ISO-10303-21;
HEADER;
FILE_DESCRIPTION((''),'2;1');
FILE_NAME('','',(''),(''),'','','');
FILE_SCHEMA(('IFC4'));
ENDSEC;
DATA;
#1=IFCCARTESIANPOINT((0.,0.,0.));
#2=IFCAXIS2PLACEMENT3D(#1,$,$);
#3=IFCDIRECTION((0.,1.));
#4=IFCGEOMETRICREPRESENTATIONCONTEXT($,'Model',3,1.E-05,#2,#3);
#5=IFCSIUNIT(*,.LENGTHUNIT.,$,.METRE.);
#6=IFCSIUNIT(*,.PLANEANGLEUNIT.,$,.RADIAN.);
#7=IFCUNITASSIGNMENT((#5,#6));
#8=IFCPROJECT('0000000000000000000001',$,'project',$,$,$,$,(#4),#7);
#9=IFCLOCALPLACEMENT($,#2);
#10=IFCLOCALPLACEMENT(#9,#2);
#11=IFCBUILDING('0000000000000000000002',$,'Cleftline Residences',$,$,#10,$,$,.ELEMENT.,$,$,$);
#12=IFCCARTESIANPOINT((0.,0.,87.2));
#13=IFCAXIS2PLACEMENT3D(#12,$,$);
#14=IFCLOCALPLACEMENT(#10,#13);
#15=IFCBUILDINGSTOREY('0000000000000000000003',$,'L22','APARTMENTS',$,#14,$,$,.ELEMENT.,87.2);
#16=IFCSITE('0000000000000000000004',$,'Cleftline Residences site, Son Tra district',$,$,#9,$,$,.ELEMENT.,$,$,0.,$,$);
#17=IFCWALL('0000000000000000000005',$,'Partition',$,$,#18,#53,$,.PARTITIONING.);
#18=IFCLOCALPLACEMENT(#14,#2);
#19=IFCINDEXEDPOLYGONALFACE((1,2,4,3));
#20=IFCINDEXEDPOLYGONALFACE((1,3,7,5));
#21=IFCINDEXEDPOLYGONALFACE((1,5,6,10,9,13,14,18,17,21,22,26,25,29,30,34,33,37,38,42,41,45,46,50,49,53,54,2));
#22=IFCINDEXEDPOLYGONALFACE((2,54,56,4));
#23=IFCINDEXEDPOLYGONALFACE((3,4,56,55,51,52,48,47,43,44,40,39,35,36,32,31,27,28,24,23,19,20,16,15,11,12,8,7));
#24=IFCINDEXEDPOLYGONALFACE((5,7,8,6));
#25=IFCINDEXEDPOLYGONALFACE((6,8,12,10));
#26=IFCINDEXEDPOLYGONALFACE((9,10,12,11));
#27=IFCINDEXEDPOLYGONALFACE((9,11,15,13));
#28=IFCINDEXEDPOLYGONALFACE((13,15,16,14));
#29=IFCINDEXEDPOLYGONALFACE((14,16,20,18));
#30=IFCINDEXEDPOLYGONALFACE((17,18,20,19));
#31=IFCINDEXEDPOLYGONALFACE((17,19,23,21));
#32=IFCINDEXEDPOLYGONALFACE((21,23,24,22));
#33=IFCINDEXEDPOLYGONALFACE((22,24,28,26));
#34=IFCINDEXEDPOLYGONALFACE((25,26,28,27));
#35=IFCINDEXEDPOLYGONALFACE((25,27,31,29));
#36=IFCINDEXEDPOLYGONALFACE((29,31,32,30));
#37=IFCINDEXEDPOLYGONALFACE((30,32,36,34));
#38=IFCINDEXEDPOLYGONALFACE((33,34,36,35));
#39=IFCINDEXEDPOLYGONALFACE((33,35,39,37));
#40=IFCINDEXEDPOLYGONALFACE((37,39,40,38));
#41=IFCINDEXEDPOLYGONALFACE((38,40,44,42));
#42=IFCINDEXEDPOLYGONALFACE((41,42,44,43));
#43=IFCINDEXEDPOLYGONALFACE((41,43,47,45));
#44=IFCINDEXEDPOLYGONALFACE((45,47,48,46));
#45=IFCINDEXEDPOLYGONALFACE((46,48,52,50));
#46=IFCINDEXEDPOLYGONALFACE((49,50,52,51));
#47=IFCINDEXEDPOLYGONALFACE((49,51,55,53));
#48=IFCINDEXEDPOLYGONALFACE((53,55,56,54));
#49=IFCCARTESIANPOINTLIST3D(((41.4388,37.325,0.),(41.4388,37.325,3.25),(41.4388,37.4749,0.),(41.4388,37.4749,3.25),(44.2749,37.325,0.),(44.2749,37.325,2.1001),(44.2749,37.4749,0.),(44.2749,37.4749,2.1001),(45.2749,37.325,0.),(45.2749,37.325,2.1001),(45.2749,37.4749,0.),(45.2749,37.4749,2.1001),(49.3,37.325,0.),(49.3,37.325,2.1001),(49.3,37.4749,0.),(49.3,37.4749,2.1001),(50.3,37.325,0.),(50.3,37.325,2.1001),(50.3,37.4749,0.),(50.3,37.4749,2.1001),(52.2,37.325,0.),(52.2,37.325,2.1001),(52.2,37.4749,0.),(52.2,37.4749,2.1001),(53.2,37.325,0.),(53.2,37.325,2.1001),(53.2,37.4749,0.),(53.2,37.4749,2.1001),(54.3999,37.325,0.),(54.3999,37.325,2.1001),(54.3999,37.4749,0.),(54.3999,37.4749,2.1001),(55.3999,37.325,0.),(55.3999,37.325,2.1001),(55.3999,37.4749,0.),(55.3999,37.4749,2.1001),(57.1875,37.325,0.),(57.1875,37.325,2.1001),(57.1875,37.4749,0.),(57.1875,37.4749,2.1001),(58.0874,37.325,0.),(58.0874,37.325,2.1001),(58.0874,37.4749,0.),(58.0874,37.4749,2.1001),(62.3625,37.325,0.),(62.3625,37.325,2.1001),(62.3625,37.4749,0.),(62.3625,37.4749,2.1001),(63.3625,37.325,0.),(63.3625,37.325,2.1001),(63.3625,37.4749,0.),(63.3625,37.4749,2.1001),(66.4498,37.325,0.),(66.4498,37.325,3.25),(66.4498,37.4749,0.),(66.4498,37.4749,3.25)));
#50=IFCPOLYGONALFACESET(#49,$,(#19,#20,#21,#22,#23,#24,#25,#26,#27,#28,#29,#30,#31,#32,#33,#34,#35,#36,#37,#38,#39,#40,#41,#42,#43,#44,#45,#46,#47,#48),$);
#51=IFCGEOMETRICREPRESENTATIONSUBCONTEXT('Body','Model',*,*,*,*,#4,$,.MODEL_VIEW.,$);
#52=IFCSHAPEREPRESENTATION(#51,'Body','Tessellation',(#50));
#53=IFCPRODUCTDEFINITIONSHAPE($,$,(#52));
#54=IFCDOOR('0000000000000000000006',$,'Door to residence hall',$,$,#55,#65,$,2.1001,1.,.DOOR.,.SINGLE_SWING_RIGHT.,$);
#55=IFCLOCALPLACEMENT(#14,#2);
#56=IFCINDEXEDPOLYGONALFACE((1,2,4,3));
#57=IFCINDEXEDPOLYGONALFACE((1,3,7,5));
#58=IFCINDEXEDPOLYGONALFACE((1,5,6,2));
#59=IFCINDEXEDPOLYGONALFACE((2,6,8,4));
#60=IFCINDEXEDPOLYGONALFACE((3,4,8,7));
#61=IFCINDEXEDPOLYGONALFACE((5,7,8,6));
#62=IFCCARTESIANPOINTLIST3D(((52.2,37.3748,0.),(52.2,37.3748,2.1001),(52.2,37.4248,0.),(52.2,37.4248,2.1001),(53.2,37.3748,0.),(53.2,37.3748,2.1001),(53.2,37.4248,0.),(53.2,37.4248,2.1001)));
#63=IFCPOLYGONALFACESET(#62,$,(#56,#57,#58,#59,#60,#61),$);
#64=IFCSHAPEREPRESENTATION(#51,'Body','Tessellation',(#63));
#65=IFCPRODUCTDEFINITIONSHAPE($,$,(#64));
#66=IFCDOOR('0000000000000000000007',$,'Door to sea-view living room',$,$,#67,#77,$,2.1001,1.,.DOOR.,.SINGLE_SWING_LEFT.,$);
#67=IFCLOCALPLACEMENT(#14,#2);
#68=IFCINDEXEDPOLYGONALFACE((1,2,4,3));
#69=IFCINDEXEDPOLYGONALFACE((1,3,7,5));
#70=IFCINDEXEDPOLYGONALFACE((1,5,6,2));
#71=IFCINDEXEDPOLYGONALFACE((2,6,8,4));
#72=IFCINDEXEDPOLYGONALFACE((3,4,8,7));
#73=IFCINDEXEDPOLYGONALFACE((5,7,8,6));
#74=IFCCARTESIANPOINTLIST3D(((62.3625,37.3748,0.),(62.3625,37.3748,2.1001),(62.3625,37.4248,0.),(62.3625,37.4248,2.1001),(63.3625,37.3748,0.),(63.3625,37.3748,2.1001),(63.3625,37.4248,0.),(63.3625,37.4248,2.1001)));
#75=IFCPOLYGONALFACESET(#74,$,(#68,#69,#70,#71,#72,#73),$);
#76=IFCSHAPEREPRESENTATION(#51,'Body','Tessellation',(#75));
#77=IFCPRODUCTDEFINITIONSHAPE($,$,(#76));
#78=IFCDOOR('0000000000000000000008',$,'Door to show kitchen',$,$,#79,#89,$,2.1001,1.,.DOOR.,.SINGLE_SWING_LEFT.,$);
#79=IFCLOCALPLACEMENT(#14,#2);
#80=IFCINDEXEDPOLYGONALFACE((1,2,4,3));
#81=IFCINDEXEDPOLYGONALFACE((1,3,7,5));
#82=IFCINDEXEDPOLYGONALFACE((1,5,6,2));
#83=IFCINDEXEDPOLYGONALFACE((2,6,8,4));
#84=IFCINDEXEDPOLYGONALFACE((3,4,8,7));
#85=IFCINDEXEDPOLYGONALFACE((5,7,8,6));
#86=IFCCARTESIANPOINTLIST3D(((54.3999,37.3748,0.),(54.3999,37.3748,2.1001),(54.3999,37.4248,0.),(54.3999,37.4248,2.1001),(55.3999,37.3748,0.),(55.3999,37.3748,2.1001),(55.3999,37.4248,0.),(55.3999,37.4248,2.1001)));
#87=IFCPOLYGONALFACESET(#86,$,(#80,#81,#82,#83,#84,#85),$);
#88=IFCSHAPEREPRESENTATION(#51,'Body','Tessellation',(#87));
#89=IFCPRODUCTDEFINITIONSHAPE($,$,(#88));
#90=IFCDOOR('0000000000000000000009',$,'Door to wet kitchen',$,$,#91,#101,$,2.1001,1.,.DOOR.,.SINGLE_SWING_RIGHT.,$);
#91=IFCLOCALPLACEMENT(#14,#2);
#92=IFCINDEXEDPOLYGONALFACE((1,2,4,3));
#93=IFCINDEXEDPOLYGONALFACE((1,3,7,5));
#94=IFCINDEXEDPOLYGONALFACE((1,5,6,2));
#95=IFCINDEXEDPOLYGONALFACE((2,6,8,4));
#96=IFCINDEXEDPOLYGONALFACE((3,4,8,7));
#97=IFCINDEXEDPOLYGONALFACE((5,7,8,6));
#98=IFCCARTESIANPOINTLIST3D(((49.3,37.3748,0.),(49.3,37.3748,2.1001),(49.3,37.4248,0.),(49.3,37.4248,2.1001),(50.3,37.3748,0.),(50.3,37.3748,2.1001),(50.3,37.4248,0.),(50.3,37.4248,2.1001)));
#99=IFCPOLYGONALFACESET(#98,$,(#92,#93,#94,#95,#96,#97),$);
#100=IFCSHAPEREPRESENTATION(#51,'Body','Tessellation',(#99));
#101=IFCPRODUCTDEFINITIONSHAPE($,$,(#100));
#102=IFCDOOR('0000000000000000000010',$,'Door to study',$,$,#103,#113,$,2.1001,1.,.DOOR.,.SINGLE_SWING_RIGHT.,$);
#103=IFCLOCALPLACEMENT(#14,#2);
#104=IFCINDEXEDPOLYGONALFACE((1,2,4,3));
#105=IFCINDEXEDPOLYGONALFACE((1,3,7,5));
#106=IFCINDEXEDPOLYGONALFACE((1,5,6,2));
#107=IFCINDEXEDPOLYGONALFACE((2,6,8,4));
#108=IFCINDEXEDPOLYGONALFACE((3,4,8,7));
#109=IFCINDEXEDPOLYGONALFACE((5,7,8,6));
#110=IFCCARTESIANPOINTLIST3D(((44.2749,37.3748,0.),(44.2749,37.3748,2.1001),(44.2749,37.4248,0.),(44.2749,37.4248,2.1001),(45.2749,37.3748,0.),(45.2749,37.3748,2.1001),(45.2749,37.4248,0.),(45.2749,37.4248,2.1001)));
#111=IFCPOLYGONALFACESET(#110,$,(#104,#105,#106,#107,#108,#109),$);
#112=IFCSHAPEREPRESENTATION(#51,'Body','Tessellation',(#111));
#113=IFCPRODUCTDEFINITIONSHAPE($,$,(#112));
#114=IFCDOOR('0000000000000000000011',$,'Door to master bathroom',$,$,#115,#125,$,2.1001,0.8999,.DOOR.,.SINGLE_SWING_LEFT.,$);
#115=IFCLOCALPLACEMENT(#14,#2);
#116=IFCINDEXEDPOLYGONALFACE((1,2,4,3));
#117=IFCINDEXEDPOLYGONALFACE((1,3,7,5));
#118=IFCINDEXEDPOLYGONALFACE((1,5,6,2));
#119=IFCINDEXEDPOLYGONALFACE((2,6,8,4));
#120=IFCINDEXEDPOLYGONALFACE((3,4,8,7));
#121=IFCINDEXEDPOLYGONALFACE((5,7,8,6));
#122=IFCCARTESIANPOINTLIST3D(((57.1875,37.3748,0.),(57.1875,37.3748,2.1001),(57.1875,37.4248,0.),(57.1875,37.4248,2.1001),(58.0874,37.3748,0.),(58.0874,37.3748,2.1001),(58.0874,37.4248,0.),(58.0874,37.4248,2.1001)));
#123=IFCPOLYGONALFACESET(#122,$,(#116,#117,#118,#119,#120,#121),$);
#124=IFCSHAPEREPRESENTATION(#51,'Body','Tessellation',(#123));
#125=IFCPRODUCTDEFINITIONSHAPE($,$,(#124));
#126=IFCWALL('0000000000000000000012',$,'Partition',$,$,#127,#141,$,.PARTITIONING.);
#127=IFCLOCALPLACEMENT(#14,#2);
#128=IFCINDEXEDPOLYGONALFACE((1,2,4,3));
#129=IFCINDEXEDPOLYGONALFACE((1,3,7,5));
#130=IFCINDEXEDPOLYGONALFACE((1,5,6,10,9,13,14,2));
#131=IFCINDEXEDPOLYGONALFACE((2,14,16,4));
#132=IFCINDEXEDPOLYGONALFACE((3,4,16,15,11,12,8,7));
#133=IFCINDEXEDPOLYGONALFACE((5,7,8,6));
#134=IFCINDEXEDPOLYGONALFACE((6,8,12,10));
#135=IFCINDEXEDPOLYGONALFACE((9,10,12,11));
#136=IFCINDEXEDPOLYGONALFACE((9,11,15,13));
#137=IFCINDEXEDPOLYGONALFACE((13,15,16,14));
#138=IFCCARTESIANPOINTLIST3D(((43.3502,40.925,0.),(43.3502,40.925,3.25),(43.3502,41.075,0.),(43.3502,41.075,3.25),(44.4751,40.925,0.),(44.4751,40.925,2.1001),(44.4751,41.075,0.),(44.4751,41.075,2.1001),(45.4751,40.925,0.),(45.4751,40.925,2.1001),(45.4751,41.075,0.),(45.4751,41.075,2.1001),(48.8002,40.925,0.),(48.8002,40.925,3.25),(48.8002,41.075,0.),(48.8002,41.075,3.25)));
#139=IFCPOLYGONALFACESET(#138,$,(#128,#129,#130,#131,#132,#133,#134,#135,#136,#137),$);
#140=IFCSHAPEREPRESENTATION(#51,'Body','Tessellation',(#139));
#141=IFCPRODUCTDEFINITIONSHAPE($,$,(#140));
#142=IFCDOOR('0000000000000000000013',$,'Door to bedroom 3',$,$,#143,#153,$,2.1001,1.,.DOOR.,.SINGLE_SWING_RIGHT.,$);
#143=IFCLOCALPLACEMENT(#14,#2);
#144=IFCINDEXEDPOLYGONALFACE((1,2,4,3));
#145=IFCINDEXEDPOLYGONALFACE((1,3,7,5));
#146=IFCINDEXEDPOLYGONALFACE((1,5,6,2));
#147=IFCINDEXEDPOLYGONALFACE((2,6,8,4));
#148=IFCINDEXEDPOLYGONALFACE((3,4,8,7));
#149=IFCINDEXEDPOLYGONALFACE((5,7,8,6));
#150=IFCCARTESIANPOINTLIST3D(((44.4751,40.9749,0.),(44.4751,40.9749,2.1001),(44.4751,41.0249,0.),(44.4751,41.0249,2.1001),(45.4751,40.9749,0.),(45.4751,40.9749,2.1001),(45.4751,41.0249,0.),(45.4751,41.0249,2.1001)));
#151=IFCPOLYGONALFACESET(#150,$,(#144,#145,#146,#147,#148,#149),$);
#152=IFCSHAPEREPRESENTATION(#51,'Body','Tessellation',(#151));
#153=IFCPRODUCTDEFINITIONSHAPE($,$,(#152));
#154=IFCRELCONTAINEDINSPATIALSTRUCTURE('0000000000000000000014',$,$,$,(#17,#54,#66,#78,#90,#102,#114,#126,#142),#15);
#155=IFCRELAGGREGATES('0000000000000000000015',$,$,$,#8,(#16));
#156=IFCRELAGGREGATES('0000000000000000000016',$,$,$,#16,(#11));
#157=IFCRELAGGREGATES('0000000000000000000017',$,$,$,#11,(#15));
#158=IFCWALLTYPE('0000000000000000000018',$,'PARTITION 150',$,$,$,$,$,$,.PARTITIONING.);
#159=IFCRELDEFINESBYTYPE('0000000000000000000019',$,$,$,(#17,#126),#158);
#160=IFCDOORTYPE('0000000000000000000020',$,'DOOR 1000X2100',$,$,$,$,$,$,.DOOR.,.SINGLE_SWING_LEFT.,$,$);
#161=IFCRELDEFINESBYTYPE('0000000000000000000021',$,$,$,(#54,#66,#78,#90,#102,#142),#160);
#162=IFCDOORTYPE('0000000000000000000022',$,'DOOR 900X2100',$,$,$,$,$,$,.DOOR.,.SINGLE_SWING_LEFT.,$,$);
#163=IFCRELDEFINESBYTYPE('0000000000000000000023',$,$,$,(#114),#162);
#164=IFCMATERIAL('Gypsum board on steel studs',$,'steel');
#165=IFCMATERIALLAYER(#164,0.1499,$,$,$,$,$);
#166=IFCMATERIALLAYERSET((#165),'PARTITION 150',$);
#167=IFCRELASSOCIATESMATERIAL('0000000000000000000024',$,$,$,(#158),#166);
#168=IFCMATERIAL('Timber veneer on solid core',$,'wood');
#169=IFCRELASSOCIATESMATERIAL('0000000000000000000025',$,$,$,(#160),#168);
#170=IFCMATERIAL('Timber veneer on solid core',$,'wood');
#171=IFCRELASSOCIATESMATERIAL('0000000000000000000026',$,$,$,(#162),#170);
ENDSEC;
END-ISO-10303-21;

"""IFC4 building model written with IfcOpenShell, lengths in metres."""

from ifc_helpers import new_model, si_unit, direction, frame, frame_2d, origin, place, context, subcontext, project, spatial, rectangle, extrude, material, layer, layer_set, type_object, element, fill, save


model = new_model("IFC4")

# Units and contexts
model_context = context("Model", 3, precision=1e-05, world=origin(), true_north=direction((0.0, 1.0)))
body_context = subcontext(model_context, "Body", "Model", "MODEL_VIEW")
ifc_project = project(units=[si_unit("LENGTHUNIT", "METRE"), si_unit("PLANEANGLEUNIT", "RADIAN")], contexts=[model_context])

# Site, building, storey
site_placement = place(None, origin())
site = spatial("IfcSite", under=ifc_project, at=site_placement, Name="Cleftline Residences site, Son Tra district", CompositionType="ELEMENT", RefElevation=0.0)
building_placement = place(site_placement, origin())
building = spatial("IfcBuilding", under=site, at=building_placement, Name="Cleftline Residences", CompositionType="ELEMENT")
storey_placement = place(building_placement, frame((0.0, 0.0, 87.2)))
storey = spatial("IfcBuildingStorey", under=building, at=storey_placement, Name="L22", Description="APARTMENTS", CompositionType="ELEMENT", Elevation=87.2)

# Wall, openings, doors
ifc_material_1 = material(Name="Gypsum board on steel studs", Category="steel")
ifc_layer_1 = layer(ifc_material_1, 0.1499)
ifc_layer_set_1 = layer_set([ifc_layer_1], Name="PARTITION 150")
wall_type = type_object("IfcWallType", Name="PARTITION 150", PredefinedType="PARTITIONING", material=ifc_layer_set_1)
wall_1_placement = place(storey_placement, frame((41.439, 37.3999, 0.0), z_axis=(0.0, 0.0, 1.0), x_axis=(1.0, 0.0, 0.0)))
wall_1 = element("IfcWall", 1, at=wall_1_placement, inside=storey, type_object=wall_type, Name="Partition", PredefinedType="PARTITIONING", context=body_context, shape_type="SweptSolid", body=[
    extrude(rectangle(XDim=25.011, YDim=0.1499, at=frame_2d((12.5054, 0.0))), origin(), (0.0, 0.0, 1.0), 3.25),
])
opening_1_placement = place(wall_1_placement, frame((10.761, 0.0, 0.0)))
opening_1 = element("IfcOpeningElement", 2, at=opening_1_placement, cuts=wall_1, PredefinedType="OPENING", context=body_context, shape_type="SweptSolid", body=[
    extrude(rectangle(XDim=1.0, YDim=2.1001, at=frame_2d((0.5, 1.05))), frame((0.0, 0.085, 0.0), z_axis=(0.0, -1.0, 0.0), x_axis=(1.0, 0.0, 0.0)), (0.0, 0.0, 1.0), 0.1699),
])
opening_2_placement = place(wall_1_placement, frame((20.9236, 0.0, 0.0)))
opening_2 = element("IfcOpeningElement", 3, at=opening_2_placement, cuts=wall_1, PredefinedType="OPENING", context=body_context, shape_type="SweptSolid", body=[
    extrude(rectangle(XDim=1.0, YDim=2.1001, at=frame_2d((0.5, 1.05))), frame((0.0, 0.085, 0.0), z_axis=(0.0, -1.0, 0.0), x_axis=(1.0, 0.0, 0.0)), (0.0, 0.0, 1.0), 0.1699),
])
opening_3_placement = place(wall_1_placement, frame((15.7485, 0.0, 0.0)))
opening_3 = element("IfcOpeningElement", 4, at=opening_3_placement, cuts=wall_1, PredefinedType="OPENING", context=body_context, shape_type="SweptSolid", body=[
    extrude(rectangle(XDim=0.8999, YDim=2.1001, at=frame_2d((0.45, 1.05))), frame((0.0, 0.085, 0.0), z_axis=(0.0, -1.0, 0.0), x_axis=(1.0, 0.0, 0.0)), (0.0, 0.0, 1.0), 0.1699),
])
opening_4_placement = place(wall_1_placement, frame((12.9609, 0.0, 0.0)))
opening_4 = element("IfcOpeningElement", 5, at=opening_4_placement, cuts=wall_1, PredefinedType="OPENING", context=body_context, shape_type="SweptSolid", body=[
    extrude(rectangle(XDim=1.0, YDim=2.1001, at=frame_2d((0.5, 1.05))), frame((0.0, 0.085, 0.0), z_axis=(0.0, -1.0, 0.0), x_axis=(1.0, 0.0, 0.0)), (0.0, 0.0, 1.0), 0.1699),
])
opening_5_placement = place(wall_1_placement, frame((7.8611, 0.0, 0.0)))
opening_5 = element("IfcOpeningElement", 6, at=opening_5_placement, cuts=wall_1, PredefinedType="OPENING", context=body_context, shape_type="SweptSolid", body=[
    extrude(rectangle(XDim=1.0, YDim=2.1001, at=frame_2d((0.5, 1.05))), frame((0.0, 0.085, 0.0), z_axis=(0.0, -1.0, 0.0), x_axis=(1.0, 0.0, 0.0)), (0.0, 0.0, 1.0), 0.1699),
])
opening_6_placement = place(wall_1_placement, frame((2.8359, 0.0, 0.0)))
opening_6 = element("IfcOpeningElement", 7, at=opening_6_placement, cuts=wall_1, PredefinedType="OPENING", context=body_context, shape_type="SweptSolid", body=[
    extrude(rectangle(XDim=1.0, YDim=2.1001, at=frame_2d((0.5, 1.05))), frame((0.0, 0.085, 0.0), z_axis=(0.0, -1.0, 0.0), x_axis=(1.0, 0.0, 0.0)), (0.0, 0.0, 1.0), 0.1699),
])
ifc_material_2 = material(Name="Timber veneer on solid core", Category="wood")
door_type_1 = type_object("IfcDoorType", Name="DOOR 1000X2100", OperationType="SINGLE_SWING_LEFT", PredefinedType="DOOR", material=ifc_material_2)
door_1_placement = place(opening_1_placement, origin())
door_1 = element("IfcDoor", 8, at=door_1_placement, inside=storey, type_object=door_type_1, Name="Door to residence hall", OperationType="SINGLE_SWING_RIGHT", OverallHeight=2.1001, OverallWidth=1.0, PredefinedType="DOOR", context=body_context, shape_type="SweptSolid", body=[
    extrude(rectangle(XDim=1.0, YDim=2.1001, at=frame_2d((0.5, 1.05))), frame((0.0, 0.0249, 0.0), z_axis=(0.0, -1.0, 0.0), x_axis=(1.0, 0.0, 0.0)), (0.0, 0.0, 1.0), 0.05),
])
fill(opening_1, door_1)
door_2_placement = place(opening_2_placement, origin())
door_2 = element("IfcDoor", 9, at=door_2_placement, inside=storey, type_object=door_type_1, Name="Door to sea-view living room", OperationType="SINGLE_SWING_LEFT", OverallHeight=2.1001, OverallWidth=1.0, PredefinedType="DOOR", context=body_context, shape_type="SweptSolid", body=[
    extrude(rectangle(XDim=1.0, YDim=2.1001, at=frame_2d((0.5, 1.05))), frame((0.0, 0.0249, 0.0), z_axis=(0.0, -1.0, 0.0), x_axis=(1.0, 0.0, 0.0)), (0.0, 0.0, 1.0), 0.05),
])
fill(opening_2, door_2)
door_3_placement = place(opening_4_placement, origin())
door_3 = element("IfcDoor", 10, at=door_3_placement, inside=storey, type_object=door_type_1, Name="Door to show kitchen", OperationType="SINGLE_SWING_LEFT", OverallHeight=2.1001, OverallWidth=1.0, PredefinedType="DOOR", context=body_context, shape_type="SweptSolid", body=[
    extrude(rectangle(XDim=1.0, YDim=2.1001, at=frame_2d((0.5, 1.05))), frame((0.0, 0.0249, 0.0), z_axis=(0.0, -1.0, 0.0), x_axis=(1.0, 0.0, 0.0)), (0.0, 0.0, 1.0), 0.05),
])
fill(opening_4, door_3)
door_4_placement = place(opening_5_placement, origin())
door_4 = element("IfcDoor", 11, at=door_4_placement, inside=storey, type_object=door_type_1, Name="Door to wet kitchen", OperationType="SINGLE_SWING_RIGHT", OverallHeight=2.1001, OverallWidth=1.0, PredefinedType="DOOR", context=body_context, shape_type="SweptSolid", body=[
    extrude(rectangle(XDim=1.0, YDim=2.1001, at=frame_2d((0.5, 1.05))), frame((0.0, 0.0249, 0.0), z_axis=(0.0, -1.0, 0.0), x_axis=(1.0, 0.0, 0.0)), (0.0, 0.0, 1.0), 0.05),
])
fill(opening_5, door_4)
door_5_placement = place(opening_6_placement, origin())
door_5 = element("IfcDoor", 12, at=door_5_placement, inside=storey, type_object=door_type_1, Name="Door to study", OperationType="SINGLE_SWING_RIGHT", OverallHeight=2.1001, OverallWidth=1.0, PredefinedType="DOOR", context=body_context, shape_type="SweptSolid", body=[
    extrude(rectangle(XDim=1.0, YDim=2.1001, at=frame_2d((0.5, 1.05))), frame((0.0, 0.0249, 0.0), z_axis=(0.0, -1.0, 0.0), x_axis=(1.0, 0.0, 0.0)), (0.0, 0.0, 1.0), 0.05),
])
fill(opening_6, door_5)
ifc_material_3 = material(Name="Timber veneer on solid core", Category="wood")
door_type_2 = type_object("IfcDoorType", Name="DOOR 900X2100", OperationType="SINGLE_SWING_LEFT", PredefinedType="DOOR", material=ifc_material_3)
door_6_placement = place(opening_3_placement, origin())
door_6 = element("IfcDoor", 13, at=door_6_placement, inside=storey, type_object=door_type_2, Name="Door to master bathroom", OperationType="SINGLE_SWING_LEFT", OverallHeight=2.1001, OverallWidth=0.8999, PredefinedType="DOOR", context=body_context, shape_type="SweptSolid", body=[
    extrude(rectangle(XDim=0.8999, YDim=2.1001, at=frame_2d((0.45, 1.05))), frame((0.0, 0.0249, 0.0), z_axis=(0.0, -1.0, 0.0), x_axis=(1.0, 0.0, 0.0)), (0.0, 0.0, 1.0), 0.05),
])
fill(opening_3, door_6)

# Wall, opening, door
wall_2_placement = place(storey_placement, frame((43.3501, 41.0, 0.0), z_axis=(0.0, 0.0, 1.0), x_axis=(1.0, 0.0, 0.0)))
wall_2 = element("IfcWall", 14, at=wall_2_placement, inside=storey, type_object=wall_type, Name="Partition", PredefinedType="PARTITIONING", context=body_context, shape_type="SweptSolid", body=[
    extrude(rectangle(XDim=5.45, YDim=0.1499, at=frame_2d((2.7251, 0.0))), origin(), (0.0, 0.0, 1.0), 3.25),
])
opening_7_placement = place(wall_2_placement, frame((1.125, 0.0, 0.0)))
opening_7 = element("IfcOpeningElement", 15, at=opening_7_placement, cuts=wall_2, PredefinedType="OPENING", context=body_context, shape_type="SweptSolid", body=[
    extrude(rectangle(XDim=1.0, YDim=2.1001, at=frame_2d((0.5, 1.05))), frame((0.0, 0.085, 0.0), z_axis=(0.0, -1.0, 0.0), x_axis=(1.0, 0.0, 0.0)), (0.0, 0.0, 1.0), 0.1699),
])
door_7_placement = place(opening_7_placement, origin())
door_7 = element("IfcDoor", 16, at=door_7_placement, inside=storey, type_object=door_type_1, Name="Door to bedroom 3", OperationType="SINGLE_SWING_RIGHT", OverallHeight=2.1001, OverallWidth=1.0, PredefinedType="DOOR", context=body_context, shape_type="SweptSolid", body=[
    extrude(rectangle(XDim=1.0, YDim=2.1001, at=frame_2d((0.5, 1.05))), frame((0.0, 0.0249, 0.0), z_axis=(0.0, -1.0, 0.0), x_axis=(1.0, 0.0, 0.0)), (0.0, 0.0, 1.0), 0.05),
])
fill(opening_7, door_7)

save(model, "model.ifc")
